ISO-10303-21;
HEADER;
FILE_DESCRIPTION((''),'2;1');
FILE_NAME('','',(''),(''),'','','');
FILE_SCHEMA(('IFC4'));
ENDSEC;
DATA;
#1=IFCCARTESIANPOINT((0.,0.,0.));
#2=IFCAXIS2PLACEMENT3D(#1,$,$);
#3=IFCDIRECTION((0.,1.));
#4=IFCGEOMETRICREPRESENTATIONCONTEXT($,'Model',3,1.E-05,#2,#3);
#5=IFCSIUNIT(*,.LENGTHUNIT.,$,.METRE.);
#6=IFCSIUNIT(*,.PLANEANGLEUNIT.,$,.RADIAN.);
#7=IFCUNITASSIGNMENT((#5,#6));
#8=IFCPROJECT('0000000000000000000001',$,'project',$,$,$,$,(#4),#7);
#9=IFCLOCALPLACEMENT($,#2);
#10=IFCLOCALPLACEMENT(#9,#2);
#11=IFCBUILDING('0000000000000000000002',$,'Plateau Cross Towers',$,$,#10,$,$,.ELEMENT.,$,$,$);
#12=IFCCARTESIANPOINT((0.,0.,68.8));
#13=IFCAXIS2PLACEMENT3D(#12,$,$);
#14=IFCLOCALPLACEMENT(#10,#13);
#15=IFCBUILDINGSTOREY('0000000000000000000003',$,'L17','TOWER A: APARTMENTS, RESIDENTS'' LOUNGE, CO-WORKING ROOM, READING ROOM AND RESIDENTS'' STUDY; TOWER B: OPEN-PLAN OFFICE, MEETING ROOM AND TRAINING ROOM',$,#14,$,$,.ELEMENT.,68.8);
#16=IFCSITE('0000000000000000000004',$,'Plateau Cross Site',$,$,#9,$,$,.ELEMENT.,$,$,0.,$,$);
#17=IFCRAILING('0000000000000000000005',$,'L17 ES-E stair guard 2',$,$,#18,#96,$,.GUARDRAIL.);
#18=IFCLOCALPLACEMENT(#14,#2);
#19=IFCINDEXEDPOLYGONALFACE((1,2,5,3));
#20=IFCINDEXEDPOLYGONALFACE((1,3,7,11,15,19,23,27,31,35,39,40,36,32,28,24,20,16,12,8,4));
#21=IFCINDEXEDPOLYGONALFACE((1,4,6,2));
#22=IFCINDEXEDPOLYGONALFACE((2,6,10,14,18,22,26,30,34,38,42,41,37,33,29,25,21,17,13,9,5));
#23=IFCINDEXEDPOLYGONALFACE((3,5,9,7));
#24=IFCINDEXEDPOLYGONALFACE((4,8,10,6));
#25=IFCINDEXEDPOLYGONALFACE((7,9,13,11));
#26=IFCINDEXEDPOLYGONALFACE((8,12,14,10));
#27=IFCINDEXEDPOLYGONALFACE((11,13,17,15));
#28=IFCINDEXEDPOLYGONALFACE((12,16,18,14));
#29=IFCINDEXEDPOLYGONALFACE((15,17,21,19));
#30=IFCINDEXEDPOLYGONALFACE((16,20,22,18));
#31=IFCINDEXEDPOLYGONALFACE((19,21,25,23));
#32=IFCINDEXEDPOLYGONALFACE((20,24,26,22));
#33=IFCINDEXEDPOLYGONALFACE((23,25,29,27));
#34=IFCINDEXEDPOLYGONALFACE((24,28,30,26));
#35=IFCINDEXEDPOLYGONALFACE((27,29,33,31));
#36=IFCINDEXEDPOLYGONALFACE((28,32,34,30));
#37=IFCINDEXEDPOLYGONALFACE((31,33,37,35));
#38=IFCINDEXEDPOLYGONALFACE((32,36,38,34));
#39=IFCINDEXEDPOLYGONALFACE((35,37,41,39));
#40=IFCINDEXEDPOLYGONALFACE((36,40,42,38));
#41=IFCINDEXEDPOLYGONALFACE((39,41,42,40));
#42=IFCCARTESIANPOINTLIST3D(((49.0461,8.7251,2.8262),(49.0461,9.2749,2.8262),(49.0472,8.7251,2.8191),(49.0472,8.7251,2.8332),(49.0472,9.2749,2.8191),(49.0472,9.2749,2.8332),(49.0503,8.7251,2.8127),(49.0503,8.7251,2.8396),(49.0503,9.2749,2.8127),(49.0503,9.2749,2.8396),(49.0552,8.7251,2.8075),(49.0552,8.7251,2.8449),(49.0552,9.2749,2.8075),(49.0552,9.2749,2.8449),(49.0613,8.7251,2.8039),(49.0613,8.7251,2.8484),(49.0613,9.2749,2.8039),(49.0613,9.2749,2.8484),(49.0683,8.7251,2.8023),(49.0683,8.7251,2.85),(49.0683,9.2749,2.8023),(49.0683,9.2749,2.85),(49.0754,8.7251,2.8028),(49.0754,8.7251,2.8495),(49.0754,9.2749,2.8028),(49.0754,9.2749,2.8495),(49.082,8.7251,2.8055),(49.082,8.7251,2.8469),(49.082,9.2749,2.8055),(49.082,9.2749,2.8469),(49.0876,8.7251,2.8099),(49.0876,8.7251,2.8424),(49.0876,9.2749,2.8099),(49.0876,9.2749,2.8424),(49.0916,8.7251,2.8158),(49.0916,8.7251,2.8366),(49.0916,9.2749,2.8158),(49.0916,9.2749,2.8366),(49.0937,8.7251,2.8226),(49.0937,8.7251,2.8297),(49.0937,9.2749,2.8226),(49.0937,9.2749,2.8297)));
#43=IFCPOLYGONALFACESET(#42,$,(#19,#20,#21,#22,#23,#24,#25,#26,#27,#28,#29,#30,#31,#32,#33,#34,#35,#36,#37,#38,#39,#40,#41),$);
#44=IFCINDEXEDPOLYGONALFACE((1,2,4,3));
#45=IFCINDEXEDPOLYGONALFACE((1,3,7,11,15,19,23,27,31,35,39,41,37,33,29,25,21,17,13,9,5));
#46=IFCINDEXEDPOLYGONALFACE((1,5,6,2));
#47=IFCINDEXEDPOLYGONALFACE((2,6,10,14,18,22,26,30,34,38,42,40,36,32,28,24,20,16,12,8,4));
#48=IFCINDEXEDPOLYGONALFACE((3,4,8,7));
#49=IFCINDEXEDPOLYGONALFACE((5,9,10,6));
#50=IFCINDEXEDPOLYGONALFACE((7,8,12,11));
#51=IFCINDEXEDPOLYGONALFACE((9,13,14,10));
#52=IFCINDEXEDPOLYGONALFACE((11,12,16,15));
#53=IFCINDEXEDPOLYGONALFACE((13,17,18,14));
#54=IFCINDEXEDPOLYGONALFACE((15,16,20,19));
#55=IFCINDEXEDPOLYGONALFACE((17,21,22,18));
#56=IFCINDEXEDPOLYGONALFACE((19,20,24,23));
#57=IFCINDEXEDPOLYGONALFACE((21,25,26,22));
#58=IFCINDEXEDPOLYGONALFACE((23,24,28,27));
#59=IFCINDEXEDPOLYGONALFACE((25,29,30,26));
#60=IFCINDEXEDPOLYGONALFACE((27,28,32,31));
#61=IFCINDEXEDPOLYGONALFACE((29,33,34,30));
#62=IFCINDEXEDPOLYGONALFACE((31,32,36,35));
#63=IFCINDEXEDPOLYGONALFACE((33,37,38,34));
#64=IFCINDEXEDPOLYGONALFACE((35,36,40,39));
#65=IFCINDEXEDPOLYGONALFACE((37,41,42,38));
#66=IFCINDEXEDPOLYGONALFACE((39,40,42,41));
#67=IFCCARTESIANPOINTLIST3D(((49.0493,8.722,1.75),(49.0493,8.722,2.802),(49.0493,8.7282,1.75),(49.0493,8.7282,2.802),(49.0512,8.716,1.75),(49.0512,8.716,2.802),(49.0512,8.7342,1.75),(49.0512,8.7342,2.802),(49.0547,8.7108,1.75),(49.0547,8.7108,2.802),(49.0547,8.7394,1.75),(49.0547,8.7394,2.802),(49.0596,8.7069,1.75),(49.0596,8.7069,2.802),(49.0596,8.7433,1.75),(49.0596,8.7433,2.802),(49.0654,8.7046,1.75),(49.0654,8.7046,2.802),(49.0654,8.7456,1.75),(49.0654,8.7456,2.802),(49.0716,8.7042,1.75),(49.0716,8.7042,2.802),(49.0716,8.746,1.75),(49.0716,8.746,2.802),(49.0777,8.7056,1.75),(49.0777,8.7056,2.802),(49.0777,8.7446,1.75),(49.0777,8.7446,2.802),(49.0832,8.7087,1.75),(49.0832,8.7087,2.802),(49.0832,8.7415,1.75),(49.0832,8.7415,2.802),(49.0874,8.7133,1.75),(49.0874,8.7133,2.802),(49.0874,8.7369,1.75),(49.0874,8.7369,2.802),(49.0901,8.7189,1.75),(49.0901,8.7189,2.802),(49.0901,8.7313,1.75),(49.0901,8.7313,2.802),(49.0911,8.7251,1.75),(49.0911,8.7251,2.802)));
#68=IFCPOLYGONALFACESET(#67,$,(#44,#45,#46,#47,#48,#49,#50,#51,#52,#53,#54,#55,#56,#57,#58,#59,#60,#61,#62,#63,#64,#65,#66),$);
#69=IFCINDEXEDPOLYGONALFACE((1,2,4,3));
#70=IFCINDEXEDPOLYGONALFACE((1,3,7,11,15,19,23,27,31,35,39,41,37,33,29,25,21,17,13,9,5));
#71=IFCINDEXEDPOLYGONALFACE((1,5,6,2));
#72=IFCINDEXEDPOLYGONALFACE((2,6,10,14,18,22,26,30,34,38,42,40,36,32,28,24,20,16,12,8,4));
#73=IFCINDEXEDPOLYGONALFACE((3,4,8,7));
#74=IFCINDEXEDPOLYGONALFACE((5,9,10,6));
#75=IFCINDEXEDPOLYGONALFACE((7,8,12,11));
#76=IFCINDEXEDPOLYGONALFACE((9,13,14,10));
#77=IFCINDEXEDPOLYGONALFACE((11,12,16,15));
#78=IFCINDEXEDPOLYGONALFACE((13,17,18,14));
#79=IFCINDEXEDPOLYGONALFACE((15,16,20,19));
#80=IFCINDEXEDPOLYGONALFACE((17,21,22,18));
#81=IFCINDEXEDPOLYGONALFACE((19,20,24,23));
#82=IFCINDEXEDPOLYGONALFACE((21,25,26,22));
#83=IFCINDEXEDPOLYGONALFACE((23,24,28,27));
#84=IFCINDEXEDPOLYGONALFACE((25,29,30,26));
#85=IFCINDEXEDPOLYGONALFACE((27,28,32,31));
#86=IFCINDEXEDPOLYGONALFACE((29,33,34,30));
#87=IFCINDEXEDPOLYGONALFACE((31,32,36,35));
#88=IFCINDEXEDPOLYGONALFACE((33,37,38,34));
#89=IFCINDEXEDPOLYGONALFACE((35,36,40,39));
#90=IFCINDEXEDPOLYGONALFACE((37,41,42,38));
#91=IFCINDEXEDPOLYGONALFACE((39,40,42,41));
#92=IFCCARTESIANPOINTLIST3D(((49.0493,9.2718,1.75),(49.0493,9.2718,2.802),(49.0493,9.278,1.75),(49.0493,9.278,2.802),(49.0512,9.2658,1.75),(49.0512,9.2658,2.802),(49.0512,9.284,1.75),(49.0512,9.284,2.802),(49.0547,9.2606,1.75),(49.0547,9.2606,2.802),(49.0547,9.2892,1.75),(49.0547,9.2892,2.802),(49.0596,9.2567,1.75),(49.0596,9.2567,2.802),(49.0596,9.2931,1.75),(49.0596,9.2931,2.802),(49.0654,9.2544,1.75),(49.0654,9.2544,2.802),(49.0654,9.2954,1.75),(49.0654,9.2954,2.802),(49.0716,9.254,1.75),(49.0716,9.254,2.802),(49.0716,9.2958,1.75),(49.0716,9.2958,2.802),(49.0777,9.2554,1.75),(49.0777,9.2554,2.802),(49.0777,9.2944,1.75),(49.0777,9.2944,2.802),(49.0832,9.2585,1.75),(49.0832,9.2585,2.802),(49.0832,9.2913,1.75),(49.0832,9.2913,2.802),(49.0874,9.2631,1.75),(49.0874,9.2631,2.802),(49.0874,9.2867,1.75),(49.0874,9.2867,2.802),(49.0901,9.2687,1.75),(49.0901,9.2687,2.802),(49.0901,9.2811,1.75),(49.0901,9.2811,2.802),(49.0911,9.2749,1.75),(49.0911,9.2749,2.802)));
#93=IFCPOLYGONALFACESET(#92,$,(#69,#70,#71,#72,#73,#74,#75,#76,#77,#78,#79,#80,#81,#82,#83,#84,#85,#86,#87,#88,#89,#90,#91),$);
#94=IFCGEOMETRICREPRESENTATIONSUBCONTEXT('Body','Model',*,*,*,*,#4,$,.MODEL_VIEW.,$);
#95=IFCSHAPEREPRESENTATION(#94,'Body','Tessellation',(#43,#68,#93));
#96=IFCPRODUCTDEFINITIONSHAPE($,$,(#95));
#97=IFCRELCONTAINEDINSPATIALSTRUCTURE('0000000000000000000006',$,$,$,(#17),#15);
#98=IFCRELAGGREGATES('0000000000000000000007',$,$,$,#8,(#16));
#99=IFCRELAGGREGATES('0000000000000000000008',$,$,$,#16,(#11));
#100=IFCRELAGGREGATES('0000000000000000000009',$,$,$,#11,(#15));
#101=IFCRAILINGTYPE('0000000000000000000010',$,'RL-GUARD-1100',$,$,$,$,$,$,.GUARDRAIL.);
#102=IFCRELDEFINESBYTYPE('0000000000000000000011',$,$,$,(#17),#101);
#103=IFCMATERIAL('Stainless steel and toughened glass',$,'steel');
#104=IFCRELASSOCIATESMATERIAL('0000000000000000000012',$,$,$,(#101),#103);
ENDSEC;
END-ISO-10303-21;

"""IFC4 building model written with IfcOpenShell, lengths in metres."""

from ifc_helpers import new_model, si_unit, direction, frame, origin, origin_2d, place, context, subcontext, project, spatial, circle, extrude, material, type_object, element, save


model = new_model("IFC4")

# Units and contexts
model_context = context("Model", 3, precision=1e-05, world=origin(), true_north=direction((0.0, 1.0)))
body_context = subcontext(model_context, "Body", "Model", "MODEL_VIEW")
ifc_project = project(units=[si_unit("LENGTHUNIT", "METRE"), si_unit("PLANEANGLEUNIT", "RADIAN")], contexts=[model_context])

# Site, building, storey
site_placement = place(None, origin())
site = spatial("IfcSite", under=ifc_project, at=site_placement, Name="Plateau Cross Site", CompositionType="ELEMENT", RefElevation=0.0)
building_placement = place(site_placement, origin())
building = spatial("IfcBuilding", under=site, at=building_placement, Name="Plateau Cross Towers", CompositionType="ELEMENT")
storey_placement = place(building_placement, frame((0.0, 0.0, 68.8)))
storey = spatial("IfcBuildingStorey", under=building, at=storey_placement, Name="L17", Description="TOWER A: APARTMENTS, RESIDENTS' LOUNGE, CO-WORKING ROOM, READING ROOM AND RESIDENTS' STUDY; TOWER B: OPEN-PLAN OFFICE, MEETING ROOM AND TRAINING ROOM", CompositionType="ELEMENT", Elevation=68.8)

# Railing
ifc_material_1 = material(Name="Stainless steel and toughened glass", Category="steel")
railing_type_1 = type_object("IfcRailingType", Name="RL-GUARD-1100", PredefinedType="GUARDRAIL", material=ifc_material_1)
railing_1_placement = place(storey_placement, frame((49.0701, 8.7251, 1.75)))
element("IfcRailing", 1, at=railing_1_placement, inside=storey, type_object=railing_type_1, Name="L17 ES-E stair guard 2", PredefinedType="GUARDRAIL", context=body_context, shape_type="SweptSolid", body=[
    extrude(circle(Radius=0.0239, at=origin_2d()), frame((0.0, 0.0, 1.0762), z_axis=(0.0, 1.0, 0.0), x_axis=(-1.0, 0.0, 0.0)), (0.0, 0.0, 1.0), 0.5498),
    extrude(circle(Radius=0.021, at=origin_2d()), origin(), (0.0, 0.0, 1.0), 1.052),
    extrude(circle(Radius=0.021, at=origin_2d()), frame((0.0, 0.5498, 0.0)), (0.0, 0.0, 1.0), 1.052),
])

save(model, "model.ifc")
